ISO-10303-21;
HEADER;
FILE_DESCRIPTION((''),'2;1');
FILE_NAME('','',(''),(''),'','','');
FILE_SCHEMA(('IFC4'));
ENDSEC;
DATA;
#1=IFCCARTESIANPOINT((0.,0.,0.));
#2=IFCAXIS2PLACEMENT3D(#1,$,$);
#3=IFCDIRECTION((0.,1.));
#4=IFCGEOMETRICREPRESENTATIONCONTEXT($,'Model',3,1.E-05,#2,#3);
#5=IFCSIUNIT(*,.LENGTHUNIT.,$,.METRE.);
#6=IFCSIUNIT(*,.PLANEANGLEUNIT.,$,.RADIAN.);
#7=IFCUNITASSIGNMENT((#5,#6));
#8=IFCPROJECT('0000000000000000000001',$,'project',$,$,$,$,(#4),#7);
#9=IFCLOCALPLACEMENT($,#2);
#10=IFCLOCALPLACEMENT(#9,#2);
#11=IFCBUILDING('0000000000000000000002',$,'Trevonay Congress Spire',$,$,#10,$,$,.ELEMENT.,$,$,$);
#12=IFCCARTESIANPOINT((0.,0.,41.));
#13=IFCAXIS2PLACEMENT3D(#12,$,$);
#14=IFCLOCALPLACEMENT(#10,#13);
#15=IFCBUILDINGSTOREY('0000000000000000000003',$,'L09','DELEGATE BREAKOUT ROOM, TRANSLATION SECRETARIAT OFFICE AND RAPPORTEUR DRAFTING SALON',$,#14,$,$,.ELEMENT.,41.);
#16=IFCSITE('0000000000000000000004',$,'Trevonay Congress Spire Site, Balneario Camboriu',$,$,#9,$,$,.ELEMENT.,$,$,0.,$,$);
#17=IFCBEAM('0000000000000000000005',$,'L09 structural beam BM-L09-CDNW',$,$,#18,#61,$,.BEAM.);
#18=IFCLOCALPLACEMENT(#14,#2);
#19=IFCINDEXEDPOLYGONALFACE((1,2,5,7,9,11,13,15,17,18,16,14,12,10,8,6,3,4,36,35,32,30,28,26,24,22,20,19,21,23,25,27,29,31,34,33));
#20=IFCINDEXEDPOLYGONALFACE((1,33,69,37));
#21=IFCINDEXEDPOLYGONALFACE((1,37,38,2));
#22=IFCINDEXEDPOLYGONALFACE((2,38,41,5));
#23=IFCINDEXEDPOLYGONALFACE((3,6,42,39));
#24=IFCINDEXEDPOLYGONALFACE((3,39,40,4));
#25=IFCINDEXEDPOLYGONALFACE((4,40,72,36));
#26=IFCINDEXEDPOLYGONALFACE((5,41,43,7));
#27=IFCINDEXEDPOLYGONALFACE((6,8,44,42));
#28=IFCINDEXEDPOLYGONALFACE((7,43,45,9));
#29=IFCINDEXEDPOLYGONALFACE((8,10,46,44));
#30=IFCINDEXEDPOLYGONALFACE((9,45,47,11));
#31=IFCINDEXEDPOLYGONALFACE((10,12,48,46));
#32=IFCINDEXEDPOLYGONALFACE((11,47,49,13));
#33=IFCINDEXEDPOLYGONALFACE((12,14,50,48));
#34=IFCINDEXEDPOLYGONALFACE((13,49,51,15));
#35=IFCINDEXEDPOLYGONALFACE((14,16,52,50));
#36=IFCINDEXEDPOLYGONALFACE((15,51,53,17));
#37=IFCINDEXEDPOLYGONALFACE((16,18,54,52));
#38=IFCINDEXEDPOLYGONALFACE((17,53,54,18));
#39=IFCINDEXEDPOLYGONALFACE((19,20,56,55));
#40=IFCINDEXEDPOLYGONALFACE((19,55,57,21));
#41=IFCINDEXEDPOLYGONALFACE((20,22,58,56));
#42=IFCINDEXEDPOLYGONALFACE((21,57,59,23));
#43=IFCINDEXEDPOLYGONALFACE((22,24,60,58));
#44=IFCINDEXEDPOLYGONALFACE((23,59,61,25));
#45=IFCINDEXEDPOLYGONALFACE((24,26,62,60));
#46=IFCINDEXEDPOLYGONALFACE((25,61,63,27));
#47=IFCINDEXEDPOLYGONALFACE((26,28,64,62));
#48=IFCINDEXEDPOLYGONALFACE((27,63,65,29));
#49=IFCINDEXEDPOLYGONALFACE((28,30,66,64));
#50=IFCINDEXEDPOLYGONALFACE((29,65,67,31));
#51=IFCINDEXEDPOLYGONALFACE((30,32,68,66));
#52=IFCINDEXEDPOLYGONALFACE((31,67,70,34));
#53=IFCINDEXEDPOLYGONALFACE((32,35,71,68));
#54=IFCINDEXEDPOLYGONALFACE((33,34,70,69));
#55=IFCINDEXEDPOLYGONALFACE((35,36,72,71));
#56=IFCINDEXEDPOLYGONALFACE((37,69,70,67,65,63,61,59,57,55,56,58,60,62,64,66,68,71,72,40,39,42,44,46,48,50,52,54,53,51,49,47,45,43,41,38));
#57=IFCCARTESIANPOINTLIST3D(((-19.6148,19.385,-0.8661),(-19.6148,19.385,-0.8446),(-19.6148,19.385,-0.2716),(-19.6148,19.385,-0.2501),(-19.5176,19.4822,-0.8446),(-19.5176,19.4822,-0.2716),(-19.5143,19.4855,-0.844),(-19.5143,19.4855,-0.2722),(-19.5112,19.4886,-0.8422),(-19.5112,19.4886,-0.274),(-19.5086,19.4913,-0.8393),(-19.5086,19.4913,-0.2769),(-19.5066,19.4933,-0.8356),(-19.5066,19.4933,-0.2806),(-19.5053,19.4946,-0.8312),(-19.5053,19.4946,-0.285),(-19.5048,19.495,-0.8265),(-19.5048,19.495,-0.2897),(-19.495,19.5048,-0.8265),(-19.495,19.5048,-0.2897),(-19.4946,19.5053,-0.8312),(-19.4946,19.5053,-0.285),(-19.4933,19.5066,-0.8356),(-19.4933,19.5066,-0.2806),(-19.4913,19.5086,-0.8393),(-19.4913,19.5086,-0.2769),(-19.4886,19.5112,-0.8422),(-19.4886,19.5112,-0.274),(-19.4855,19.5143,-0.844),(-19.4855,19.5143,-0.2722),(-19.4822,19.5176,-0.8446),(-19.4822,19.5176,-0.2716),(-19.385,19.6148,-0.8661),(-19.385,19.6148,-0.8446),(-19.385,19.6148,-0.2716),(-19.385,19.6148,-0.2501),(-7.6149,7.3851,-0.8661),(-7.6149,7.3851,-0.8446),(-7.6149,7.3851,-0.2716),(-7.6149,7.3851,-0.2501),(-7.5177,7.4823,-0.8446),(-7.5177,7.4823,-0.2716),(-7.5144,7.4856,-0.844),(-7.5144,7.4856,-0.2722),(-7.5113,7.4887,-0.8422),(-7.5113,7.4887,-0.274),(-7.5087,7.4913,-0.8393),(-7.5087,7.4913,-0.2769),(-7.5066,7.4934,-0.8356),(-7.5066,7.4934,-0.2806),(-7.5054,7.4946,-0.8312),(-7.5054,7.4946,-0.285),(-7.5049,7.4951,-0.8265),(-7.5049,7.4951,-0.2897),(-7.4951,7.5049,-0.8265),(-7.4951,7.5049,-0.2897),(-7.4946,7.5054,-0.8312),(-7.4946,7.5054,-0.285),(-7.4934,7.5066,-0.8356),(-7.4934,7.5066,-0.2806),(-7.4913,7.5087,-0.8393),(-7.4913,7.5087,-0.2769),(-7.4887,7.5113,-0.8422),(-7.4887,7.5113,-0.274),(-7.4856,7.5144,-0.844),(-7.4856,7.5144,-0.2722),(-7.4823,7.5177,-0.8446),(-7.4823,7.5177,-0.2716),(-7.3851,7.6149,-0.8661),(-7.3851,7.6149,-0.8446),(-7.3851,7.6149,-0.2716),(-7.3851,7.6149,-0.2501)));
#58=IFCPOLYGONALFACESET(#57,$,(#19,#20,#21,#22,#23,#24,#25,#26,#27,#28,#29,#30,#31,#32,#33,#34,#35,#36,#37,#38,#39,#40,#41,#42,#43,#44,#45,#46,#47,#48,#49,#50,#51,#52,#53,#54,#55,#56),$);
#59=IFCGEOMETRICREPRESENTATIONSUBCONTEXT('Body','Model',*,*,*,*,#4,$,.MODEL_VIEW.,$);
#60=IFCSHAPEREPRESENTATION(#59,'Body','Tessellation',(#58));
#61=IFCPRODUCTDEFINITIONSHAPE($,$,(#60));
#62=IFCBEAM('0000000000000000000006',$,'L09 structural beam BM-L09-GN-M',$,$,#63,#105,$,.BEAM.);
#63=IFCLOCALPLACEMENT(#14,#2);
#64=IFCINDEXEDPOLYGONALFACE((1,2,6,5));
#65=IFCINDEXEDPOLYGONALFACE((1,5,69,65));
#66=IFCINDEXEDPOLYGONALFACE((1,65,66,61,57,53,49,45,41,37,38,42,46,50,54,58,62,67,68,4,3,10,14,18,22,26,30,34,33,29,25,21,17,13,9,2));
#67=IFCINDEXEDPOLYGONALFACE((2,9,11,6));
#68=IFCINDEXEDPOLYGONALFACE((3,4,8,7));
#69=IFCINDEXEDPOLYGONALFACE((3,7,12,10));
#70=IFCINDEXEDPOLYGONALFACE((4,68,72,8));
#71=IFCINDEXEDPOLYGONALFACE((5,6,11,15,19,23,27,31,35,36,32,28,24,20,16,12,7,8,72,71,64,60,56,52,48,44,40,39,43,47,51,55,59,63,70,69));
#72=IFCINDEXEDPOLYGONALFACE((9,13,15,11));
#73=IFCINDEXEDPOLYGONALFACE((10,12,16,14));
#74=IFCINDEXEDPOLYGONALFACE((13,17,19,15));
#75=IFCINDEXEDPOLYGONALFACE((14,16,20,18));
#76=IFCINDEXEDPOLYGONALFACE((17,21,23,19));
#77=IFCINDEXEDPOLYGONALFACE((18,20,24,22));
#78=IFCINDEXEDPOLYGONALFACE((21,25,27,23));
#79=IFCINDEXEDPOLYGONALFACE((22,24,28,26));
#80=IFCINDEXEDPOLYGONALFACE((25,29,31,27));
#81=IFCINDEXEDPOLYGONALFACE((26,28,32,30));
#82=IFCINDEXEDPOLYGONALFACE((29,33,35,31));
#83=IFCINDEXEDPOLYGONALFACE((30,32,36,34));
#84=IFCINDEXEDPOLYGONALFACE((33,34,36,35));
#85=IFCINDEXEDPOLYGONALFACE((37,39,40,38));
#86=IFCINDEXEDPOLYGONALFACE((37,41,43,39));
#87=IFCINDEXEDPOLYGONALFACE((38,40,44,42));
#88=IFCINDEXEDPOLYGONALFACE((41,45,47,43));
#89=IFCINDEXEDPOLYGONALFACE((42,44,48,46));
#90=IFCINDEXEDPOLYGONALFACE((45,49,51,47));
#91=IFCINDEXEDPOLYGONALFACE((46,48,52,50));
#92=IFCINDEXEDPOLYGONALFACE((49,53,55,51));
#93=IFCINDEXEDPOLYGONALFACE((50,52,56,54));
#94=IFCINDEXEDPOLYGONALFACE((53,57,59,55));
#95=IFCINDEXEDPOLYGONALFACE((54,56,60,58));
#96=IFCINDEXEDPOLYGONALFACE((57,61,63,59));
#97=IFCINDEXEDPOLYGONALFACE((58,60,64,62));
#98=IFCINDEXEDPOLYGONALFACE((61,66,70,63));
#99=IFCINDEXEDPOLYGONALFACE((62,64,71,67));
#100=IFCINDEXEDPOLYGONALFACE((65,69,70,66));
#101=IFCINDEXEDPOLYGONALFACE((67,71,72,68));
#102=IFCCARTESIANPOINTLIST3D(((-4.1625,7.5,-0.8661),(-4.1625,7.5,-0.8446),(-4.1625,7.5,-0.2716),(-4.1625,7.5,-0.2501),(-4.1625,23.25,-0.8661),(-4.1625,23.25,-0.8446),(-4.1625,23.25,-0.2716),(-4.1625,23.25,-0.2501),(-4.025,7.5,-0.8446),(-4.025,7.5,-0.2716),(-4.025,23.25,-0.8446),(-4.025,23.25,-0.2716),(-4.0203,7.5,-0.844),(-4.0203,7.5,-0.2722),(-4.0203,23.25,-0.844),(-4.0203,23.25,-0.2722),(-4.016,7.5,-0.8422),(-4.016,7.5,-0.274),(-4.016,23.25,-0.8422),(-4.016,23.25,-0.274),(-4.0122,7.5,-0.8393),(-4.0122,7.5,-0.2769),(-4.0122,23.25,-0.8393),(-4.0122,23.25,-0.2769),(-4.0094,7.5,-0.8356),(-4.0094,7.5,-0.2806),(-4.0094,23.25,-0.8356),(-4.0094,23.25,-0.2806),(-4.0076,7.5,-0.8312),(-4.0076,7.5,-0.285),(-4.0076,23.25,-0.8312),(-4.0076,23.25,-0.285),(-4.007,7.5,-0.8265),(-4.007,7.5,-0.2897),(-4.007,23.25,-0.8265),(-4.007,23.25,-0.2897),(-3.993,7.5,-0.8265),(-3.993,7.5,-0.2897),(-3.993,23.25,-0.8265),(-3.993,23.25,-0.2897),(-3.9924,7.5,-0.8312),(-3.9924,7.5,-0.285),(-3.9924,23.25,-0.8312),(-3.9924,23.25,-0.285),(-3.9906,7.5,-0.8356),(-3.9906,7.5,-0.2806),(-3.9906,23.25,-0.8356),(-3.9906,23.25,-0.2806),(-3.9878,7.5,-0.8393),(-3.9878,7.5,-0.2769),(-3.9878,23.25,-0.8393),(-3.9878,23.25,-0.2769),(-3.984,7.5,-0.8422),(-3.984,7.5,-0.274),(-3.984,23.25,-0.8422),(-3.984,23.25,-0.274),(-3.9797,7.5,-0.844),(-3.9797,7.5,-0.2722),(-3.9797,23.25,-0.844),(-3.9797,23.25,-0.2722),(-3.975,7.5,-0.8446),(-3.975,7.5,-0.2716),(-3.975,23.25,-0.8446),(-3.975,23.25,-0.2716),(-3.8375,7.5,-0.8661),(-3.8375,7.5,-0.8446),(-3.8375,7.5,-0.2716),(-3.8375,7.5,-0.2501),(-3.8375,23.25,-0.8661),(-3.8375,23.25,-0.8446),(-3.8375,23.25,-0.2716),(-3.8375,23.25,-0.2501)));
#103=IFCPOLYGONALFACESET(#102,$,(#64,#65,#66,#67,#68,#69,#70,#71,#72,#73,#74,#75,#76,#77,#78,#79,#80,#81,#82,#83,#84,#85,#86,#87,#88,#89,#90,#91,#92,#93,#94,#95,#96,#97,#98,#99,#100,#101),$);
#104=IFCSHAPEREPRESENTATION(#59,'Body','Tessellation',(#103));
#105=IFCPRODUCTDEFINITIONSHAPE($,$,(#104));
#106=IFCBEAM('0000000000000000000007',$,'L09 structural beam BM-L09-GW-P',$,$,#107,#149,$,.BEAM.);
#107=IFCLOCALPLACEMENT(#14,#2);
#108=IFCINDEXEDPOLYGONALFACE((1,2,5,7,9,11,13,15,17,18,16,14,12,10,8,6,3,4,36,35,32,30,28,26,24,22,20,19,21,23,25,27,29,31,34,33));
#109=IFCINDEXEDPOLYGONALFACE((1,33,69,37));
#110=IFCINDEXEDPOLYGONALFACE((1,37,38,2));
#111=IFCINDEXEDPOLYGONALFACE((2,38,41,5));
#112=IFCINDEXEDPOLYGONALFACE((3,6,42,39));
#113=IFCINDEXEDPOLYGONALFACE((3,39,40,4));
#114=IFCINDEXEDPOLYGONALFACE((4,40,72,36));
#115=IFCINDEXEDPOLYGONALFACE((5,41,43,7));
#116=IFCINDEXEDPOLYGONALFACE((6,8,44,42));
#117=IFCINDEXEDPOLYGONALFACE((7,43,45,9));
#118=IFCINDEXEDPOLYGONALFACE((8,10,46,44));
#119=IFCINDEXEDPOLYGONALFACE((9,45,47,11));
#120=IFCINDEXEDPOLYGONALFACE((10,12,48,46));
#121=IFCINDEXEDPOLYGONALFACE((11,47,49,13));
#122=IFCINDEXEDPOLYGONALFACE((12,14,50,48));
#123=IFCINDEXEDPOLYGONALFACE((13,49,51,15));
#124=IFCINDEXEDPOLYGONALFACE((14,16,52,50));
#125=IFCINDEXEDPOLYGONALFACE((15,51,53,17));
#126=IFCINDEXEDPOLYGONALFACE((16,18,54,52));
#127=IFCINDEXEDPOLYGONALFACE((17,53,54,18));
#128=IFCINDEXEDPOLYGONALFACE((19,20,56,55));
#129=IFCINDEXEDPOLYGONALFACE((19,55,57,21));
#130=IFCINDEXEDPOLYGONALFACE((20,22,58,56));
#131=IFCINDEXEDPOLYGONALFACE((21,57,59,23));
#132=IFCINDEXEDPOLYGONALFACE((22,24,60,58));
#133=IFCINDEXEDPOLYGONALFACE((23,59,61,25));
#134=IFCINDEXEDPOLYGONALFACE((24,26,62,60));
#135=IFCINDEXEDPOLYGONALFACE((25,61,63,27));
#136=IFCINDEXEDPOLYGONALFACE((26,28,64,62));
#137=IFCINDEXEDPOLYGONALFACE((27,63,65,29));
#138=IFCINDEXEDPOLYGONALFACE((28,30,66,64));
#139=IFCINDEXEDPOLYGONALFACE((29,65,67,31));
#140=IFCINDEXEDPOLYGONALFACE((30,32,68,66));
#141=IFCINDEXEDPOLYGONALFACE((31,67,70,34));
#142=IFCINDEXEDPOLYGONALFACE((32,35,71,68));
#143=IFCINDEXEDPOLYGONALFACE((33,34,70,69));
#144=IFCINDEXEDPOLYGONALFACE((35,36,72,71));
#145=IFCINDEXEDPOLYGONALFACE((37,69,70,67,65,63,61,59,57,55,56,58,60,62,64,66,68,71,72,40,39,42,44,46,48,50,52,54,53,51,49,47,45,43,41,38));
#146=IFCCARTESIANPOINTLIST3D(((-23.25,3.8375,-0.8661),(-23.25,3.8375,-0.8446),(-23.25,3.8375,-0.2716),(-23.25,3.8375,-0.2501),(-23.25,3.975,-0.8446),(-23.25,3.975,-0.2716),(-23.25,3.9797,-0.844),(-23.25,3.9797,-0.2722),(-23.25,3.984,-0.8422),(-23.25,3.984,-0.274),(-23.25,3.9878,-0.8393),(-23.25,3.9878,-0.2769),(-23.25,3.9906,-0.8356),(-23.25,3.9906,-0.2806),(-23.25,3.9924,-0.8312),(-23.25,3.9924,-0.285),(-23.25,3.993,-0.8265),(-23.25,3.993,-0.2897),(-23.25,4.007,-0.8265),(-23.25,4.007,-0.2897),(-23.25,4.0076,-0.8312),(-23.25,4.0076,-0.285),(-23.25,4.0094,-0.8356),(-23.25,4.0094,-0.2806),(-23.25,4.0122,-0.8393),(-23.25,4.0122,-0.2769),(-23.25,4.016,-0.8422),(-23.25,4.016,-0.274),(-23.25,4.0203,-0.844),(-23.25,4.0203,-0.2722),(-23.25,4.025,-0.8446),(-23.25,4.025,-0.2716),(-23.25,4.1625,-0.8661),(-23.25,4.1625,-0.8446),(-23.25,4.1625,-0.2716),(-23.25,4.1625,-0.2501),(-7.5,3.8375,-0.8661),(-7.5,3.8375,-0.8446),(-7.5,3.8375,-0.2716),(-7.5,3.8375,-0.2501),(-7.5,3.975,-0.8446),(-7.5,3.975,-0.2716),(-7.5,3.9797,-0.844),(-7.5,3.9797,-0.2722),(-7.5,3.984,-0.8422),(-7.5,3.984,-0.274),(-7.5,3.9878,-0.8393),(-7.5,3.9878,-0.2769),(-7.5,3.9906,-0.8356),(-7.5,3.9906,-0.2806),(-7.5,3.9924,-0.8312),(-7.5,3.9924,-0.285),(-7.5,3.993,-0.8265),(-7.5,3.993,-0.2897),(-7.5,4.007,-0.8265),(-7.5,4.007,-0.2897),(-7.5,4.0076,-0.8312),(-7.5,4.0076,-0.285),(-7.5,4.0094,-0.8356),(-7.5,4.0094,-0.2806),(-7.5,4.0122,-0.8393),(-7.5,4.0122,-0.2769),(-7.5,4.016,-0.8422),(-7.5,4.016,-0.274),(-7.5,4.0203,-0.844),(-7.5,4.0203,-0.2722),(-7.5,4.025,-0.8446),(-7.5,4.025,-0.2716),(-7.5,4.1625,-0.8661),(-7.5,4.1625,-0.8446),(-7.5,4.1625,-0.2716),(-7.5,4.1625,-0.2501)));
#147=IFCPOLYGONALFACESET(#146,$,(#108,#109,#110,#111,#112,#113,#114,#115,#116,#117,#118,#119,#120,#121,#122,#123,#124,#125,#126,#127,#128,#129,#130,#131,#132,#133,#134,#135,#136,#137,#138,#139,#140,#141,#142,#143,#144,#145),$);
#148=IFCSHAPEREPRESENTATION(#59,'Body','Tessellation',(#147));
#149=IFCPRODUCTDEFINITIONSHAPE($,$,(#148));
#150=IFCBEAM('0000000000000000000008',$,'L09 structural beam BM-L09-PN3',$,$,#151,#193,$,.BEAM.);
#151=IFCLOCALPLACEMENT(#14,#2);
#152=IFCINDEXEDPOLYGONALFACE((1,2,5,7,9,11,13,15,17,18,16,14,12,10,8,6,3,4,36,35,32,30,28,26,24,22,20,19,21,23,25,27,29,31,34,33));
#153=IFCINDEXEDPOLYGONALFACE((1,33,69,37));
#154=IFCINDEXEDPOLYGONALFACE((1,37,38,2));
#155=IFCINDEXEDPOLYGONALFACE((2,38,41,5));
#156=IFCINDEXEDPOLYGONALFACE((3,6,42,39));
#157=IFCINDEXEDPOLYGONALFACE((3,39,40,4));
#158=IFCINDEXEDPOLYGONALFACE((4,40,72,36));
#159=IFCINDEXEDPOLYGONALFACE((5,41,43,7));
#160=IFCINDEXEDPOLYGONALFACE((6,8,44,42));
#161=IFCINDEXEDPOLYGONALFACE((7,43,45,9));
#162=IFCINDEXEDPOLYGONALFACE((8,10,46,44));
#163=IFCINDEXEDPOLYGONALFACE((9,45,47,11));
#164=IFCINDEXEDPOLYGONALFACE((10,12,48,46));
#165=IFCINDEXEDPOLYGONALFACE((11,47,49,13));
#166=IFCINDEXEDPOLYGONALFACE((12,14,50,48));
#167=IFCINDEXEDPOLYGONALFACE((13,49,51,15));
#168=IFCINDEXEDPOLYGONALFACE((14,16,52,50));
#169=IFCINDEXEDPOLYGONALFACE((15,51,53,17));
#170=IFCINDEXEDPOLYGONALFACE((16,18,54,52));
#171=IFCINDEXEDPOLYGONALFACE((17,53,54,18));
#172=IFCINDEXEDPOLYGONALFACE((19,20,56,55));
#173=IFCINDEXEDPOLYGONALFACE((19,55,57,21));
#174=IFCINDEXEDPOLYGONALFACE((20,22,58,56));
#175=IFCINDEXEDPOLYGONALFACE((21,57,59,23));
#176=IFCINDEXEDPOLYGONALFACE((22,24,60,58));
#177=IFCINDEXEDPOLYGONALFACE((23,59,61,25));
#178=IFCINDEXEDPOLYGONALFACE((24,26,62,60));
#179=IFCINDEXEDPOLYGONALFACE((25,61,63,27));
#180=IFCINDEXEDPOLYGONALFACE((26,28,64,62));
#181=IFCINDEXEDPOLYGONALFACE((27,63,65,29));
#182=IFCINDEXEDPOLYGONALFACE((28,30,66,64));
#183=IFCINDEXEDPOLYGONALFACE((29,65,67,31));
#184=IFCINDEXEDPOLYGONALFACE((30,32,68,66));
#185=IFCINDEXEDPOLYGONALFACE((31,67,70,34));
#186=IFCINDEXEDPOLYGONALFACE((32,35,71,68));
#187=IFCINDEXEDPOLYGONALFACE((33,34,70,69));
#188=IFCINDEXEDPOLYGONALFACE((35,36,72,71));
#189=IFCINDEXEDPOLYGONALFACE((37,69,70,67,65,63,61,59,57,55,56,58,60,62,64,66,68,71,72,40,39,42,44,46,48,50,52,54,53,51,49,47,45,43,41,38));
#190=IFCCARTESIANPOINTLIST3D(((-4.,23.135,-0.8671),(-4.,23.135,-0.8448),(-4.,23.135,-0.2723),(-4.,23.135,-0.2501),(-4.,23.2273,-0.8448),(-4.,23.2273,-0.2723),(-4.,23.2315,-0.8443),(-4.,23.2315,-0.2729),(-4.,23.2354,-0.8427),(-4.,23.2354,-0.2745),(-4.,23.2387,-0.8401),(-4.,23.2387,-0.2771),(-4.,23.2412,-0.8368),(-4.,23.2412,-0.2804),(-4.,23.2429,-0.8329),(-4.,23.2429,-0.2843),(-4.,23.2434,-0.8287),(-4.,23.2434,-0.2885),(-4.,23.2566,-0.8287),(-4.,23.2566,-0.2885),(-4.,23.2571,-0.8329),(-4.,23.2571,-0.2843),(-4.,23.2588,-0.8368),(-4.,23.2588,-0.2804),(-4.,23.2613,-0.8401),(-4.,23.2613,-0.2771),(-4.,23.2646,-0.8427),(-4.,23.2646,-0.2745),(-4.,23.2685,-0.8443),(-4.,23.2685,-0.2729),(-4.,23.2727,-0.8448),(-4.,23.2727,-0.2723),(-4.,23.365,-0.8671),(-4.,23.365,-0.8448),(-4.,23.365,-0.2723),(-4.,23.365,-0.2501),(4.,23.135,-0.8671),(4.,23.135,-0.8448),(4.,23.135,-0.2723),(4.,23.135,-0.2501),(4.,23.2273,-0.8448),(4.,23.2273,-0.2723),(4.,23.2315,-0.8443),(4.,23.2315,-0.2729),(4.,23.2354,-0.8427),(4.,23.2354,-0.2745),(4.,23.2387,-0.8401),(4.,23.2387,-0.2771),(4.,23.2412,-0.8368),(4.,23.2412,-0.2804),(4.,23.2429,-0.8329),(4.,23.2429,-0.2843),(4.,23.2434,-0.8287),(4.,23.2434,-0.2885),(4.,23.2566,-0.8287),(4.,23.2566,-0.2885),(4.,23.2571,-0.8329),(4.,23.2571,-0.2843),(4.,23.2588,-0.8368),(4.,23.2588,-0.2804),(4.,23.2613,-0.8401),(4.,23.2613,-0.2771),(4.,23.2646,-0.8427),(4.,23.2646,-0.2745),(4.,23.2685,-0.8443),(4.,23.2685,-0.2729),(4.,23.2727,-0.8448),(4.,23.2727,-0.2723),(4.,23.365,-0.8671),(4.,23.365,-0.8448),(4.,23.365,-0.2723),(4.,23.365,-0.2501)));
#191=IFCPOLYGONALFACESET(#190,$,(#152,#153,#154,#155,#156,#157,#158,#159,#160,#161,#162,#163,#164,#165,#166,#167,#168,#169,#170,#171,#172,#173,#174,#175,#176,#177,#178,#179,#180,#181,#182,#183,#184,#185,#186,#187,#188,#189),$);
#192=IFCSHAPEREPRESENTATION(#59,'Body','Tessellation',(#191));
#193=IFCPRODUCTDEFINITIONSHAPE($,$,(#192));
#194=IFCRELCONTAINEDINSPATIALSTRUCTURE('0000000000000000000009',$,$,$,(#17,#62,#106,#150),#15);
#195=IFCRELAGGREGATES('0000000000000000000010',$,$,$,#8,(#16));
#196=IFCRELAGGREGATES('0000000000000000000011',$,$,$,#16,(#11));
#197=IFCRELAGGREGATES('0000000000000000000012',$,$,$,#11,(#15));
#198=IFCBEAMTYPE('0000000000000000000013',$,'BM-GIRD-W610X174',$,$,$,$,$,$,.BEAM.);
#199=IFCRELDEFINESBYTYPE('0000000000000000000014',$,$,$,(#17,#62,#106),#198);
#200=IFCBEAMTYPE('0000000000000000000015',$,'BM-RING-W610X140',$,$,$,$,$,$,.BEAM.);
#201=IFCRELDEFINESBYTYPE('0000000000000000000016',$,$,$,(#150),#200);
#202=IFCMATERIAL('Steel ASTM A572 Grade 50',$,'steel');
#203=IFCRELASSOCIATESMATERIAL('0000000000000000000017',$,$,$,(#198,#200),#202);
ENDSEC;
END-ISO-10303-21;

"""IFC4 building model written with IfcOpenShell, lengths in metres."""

from ifc_helpers import new_model, si_unit, direction, frame, origin, origin_2d, place, context, subcontext, project, spatial, i_section, extrude, material, material_profile, profile_set, type_object, element, save


model = new_model("IFC4")

# Units and contexts
model_context = context("Model", 3, precision=1e-05, world=origin(), true_north=direction((0.0, 1.0)))
body_context = subcontext(model_context, "Body", "Model", "MODEL_VIEW")
ifc_project = project(units=[si_unit("LENGTHUNIT", "METRE"), si_unit("PLANEANGLEUNIT", "RADIAN")], contexts=[model_context])

# Site, building, storey
site_placement = place(None, origin())
site = spatial("IfcSite", under=ifc_project, at=site_placement, Name="Trevonay Congress Spire Site, Balneario Camboriu", CompositionType="ELEMENT", RefElevation=0.0)
building_placement = place(site_placement, origin())
building = spatial("IfcBuilding", under=site, at=building_placement, Name="Trevonay Congress Spire", CompositionType="ELEMENT")
storey_placement = place(building_placement, frame((0.0, 0.0, 41.0)))
storey = spatial("IfcBuildingStorey", under=building, at=storey_placement, Name="L09", Description="DELEGATE BREAKOUT ROOM, TRANSLATION SECRETARIAT OFFICE AND RAPPORTEUR DRAFTING SALON", CompositionType="ELEMENT", Elevation=41.0)

# Shared definitions
ifc_material_1 = material(Name="Steel ASTM A572 Grade 50", Category="steel")

# Beams
ifc_material_profile_1 = material_profile(ifc_material_1, i_section(OverallWidth=0.325, OverallDepth=0.616, WebThickness=0.0139, FlangeThickness=0.0215, FilletRadius=0.0181, at=origin_2d()), Name="W610x174")
ifc_profile_set_1 = profile_set([ifc_material_profile_1], Name="Steel ASTM A572 Grade 50")
beam_type_1 = type_object("IfcBeamType", Name="BM-GIRD-W610X174", PredefinedType="BEAM", material=ifc_profile_set_1)
beam_1_placement = place(storey_placement, frame((-7.5, 7.5, -0.5581), z_axis=(-0.707107, 0.707107, 0.0), x_axis=(-0.707107, -0.707107, 0.0)))
element("IfcBeam", 1, at=beam_1_placement, inside=storey, type_object=beam_type_1, Name="L09 structural beam BM-L09-CDNW", PredefinedType="BEAM", context=body_context, shape_type="SweptSolid", body=[
    extrude(i_section(OverallWidth=0.325, OverallDepth=0.616, WebThickness=0.0139, FlangeThickness=0.0215, FilletRadius=0.0181, at=origin_2d()), origin(), (0.0, 0.0, 1.0), 16.9705),
])
for number, where, z_axis, x_axis, name in (
    (2, (-4.0, 7.5, -0.5581), (0.0, 1.0, 0.0), (-1.0, 0.0, 0.0), "L09 structural beam BM-L09-GN-M"),
    (3, (-7.5, 4.0, -0.5581), (-1.0, 0.0, 0.0), (0.0, -1.0, 0.0), "L09 structural beam BM-L09-GW-P"),
):
    element("IfcBeam", number, at=place(storey_placement, frame(where, z_axis=z_axis, x_axis=x_axis)), inside=storey, type_object=beam_type_1, Name=name, PredefinedType="BEAM", context=body_context, shape_type="SweptSolid", body=[
        extrude(i_section(OverallWidth=0.325, OverallDepth=0.616, WebThickness=0.0139, FlangeThickness=0.0215, FilletRadius=0.0181, at=origin_2d()), origin(), (0.0, 0.0, 1.0), 15.75),
    ])
ifc_material_profile_2 = material_profile(ifc_material_1, i_section(OverallWidth=0.23, OverallDepth=0.6169, WebThickness=0.0132, FlangeThickness=0.0222, FilletRadius=0.0161, at=origin_2d()), Name="W610x140")
ifc_profile_set_2 = profile_set([ifc_material_profile_2], Name="Steel ASTM A572 Grade 50")
beam_type_2 = type_object("IfcBeamType", Name="BM-RING-W610X140", PredefinedType="BEAM", material=ifc_profile_set_2)
beam_2_placement = place(storey_placement, frame((-4.0, 23.25, -0.5586), z_axis=(1.0, 0.0, 0.0), x_axis=(0.0, 1.0, 0.0)))
element("IfcBeam", 4, at=beam_2_placement, inside=storey, type_object=beam_type_2, Name="L09 structural beam BM-L09-PN3", PredefinedType="BEAM", context=body_context, shape_type="SweptSolid", body=[
    extrude(i_section(OverallWidth=0.23, OverallDepth=0.6169, WebThickness=0.0132, FlangeThickness=0.0222, FilletRadius=0.0161, at=origin_2d()), origin(), (0.0, 0.0, 1.0), 8.0),
])

save(model, "model.ifc")
